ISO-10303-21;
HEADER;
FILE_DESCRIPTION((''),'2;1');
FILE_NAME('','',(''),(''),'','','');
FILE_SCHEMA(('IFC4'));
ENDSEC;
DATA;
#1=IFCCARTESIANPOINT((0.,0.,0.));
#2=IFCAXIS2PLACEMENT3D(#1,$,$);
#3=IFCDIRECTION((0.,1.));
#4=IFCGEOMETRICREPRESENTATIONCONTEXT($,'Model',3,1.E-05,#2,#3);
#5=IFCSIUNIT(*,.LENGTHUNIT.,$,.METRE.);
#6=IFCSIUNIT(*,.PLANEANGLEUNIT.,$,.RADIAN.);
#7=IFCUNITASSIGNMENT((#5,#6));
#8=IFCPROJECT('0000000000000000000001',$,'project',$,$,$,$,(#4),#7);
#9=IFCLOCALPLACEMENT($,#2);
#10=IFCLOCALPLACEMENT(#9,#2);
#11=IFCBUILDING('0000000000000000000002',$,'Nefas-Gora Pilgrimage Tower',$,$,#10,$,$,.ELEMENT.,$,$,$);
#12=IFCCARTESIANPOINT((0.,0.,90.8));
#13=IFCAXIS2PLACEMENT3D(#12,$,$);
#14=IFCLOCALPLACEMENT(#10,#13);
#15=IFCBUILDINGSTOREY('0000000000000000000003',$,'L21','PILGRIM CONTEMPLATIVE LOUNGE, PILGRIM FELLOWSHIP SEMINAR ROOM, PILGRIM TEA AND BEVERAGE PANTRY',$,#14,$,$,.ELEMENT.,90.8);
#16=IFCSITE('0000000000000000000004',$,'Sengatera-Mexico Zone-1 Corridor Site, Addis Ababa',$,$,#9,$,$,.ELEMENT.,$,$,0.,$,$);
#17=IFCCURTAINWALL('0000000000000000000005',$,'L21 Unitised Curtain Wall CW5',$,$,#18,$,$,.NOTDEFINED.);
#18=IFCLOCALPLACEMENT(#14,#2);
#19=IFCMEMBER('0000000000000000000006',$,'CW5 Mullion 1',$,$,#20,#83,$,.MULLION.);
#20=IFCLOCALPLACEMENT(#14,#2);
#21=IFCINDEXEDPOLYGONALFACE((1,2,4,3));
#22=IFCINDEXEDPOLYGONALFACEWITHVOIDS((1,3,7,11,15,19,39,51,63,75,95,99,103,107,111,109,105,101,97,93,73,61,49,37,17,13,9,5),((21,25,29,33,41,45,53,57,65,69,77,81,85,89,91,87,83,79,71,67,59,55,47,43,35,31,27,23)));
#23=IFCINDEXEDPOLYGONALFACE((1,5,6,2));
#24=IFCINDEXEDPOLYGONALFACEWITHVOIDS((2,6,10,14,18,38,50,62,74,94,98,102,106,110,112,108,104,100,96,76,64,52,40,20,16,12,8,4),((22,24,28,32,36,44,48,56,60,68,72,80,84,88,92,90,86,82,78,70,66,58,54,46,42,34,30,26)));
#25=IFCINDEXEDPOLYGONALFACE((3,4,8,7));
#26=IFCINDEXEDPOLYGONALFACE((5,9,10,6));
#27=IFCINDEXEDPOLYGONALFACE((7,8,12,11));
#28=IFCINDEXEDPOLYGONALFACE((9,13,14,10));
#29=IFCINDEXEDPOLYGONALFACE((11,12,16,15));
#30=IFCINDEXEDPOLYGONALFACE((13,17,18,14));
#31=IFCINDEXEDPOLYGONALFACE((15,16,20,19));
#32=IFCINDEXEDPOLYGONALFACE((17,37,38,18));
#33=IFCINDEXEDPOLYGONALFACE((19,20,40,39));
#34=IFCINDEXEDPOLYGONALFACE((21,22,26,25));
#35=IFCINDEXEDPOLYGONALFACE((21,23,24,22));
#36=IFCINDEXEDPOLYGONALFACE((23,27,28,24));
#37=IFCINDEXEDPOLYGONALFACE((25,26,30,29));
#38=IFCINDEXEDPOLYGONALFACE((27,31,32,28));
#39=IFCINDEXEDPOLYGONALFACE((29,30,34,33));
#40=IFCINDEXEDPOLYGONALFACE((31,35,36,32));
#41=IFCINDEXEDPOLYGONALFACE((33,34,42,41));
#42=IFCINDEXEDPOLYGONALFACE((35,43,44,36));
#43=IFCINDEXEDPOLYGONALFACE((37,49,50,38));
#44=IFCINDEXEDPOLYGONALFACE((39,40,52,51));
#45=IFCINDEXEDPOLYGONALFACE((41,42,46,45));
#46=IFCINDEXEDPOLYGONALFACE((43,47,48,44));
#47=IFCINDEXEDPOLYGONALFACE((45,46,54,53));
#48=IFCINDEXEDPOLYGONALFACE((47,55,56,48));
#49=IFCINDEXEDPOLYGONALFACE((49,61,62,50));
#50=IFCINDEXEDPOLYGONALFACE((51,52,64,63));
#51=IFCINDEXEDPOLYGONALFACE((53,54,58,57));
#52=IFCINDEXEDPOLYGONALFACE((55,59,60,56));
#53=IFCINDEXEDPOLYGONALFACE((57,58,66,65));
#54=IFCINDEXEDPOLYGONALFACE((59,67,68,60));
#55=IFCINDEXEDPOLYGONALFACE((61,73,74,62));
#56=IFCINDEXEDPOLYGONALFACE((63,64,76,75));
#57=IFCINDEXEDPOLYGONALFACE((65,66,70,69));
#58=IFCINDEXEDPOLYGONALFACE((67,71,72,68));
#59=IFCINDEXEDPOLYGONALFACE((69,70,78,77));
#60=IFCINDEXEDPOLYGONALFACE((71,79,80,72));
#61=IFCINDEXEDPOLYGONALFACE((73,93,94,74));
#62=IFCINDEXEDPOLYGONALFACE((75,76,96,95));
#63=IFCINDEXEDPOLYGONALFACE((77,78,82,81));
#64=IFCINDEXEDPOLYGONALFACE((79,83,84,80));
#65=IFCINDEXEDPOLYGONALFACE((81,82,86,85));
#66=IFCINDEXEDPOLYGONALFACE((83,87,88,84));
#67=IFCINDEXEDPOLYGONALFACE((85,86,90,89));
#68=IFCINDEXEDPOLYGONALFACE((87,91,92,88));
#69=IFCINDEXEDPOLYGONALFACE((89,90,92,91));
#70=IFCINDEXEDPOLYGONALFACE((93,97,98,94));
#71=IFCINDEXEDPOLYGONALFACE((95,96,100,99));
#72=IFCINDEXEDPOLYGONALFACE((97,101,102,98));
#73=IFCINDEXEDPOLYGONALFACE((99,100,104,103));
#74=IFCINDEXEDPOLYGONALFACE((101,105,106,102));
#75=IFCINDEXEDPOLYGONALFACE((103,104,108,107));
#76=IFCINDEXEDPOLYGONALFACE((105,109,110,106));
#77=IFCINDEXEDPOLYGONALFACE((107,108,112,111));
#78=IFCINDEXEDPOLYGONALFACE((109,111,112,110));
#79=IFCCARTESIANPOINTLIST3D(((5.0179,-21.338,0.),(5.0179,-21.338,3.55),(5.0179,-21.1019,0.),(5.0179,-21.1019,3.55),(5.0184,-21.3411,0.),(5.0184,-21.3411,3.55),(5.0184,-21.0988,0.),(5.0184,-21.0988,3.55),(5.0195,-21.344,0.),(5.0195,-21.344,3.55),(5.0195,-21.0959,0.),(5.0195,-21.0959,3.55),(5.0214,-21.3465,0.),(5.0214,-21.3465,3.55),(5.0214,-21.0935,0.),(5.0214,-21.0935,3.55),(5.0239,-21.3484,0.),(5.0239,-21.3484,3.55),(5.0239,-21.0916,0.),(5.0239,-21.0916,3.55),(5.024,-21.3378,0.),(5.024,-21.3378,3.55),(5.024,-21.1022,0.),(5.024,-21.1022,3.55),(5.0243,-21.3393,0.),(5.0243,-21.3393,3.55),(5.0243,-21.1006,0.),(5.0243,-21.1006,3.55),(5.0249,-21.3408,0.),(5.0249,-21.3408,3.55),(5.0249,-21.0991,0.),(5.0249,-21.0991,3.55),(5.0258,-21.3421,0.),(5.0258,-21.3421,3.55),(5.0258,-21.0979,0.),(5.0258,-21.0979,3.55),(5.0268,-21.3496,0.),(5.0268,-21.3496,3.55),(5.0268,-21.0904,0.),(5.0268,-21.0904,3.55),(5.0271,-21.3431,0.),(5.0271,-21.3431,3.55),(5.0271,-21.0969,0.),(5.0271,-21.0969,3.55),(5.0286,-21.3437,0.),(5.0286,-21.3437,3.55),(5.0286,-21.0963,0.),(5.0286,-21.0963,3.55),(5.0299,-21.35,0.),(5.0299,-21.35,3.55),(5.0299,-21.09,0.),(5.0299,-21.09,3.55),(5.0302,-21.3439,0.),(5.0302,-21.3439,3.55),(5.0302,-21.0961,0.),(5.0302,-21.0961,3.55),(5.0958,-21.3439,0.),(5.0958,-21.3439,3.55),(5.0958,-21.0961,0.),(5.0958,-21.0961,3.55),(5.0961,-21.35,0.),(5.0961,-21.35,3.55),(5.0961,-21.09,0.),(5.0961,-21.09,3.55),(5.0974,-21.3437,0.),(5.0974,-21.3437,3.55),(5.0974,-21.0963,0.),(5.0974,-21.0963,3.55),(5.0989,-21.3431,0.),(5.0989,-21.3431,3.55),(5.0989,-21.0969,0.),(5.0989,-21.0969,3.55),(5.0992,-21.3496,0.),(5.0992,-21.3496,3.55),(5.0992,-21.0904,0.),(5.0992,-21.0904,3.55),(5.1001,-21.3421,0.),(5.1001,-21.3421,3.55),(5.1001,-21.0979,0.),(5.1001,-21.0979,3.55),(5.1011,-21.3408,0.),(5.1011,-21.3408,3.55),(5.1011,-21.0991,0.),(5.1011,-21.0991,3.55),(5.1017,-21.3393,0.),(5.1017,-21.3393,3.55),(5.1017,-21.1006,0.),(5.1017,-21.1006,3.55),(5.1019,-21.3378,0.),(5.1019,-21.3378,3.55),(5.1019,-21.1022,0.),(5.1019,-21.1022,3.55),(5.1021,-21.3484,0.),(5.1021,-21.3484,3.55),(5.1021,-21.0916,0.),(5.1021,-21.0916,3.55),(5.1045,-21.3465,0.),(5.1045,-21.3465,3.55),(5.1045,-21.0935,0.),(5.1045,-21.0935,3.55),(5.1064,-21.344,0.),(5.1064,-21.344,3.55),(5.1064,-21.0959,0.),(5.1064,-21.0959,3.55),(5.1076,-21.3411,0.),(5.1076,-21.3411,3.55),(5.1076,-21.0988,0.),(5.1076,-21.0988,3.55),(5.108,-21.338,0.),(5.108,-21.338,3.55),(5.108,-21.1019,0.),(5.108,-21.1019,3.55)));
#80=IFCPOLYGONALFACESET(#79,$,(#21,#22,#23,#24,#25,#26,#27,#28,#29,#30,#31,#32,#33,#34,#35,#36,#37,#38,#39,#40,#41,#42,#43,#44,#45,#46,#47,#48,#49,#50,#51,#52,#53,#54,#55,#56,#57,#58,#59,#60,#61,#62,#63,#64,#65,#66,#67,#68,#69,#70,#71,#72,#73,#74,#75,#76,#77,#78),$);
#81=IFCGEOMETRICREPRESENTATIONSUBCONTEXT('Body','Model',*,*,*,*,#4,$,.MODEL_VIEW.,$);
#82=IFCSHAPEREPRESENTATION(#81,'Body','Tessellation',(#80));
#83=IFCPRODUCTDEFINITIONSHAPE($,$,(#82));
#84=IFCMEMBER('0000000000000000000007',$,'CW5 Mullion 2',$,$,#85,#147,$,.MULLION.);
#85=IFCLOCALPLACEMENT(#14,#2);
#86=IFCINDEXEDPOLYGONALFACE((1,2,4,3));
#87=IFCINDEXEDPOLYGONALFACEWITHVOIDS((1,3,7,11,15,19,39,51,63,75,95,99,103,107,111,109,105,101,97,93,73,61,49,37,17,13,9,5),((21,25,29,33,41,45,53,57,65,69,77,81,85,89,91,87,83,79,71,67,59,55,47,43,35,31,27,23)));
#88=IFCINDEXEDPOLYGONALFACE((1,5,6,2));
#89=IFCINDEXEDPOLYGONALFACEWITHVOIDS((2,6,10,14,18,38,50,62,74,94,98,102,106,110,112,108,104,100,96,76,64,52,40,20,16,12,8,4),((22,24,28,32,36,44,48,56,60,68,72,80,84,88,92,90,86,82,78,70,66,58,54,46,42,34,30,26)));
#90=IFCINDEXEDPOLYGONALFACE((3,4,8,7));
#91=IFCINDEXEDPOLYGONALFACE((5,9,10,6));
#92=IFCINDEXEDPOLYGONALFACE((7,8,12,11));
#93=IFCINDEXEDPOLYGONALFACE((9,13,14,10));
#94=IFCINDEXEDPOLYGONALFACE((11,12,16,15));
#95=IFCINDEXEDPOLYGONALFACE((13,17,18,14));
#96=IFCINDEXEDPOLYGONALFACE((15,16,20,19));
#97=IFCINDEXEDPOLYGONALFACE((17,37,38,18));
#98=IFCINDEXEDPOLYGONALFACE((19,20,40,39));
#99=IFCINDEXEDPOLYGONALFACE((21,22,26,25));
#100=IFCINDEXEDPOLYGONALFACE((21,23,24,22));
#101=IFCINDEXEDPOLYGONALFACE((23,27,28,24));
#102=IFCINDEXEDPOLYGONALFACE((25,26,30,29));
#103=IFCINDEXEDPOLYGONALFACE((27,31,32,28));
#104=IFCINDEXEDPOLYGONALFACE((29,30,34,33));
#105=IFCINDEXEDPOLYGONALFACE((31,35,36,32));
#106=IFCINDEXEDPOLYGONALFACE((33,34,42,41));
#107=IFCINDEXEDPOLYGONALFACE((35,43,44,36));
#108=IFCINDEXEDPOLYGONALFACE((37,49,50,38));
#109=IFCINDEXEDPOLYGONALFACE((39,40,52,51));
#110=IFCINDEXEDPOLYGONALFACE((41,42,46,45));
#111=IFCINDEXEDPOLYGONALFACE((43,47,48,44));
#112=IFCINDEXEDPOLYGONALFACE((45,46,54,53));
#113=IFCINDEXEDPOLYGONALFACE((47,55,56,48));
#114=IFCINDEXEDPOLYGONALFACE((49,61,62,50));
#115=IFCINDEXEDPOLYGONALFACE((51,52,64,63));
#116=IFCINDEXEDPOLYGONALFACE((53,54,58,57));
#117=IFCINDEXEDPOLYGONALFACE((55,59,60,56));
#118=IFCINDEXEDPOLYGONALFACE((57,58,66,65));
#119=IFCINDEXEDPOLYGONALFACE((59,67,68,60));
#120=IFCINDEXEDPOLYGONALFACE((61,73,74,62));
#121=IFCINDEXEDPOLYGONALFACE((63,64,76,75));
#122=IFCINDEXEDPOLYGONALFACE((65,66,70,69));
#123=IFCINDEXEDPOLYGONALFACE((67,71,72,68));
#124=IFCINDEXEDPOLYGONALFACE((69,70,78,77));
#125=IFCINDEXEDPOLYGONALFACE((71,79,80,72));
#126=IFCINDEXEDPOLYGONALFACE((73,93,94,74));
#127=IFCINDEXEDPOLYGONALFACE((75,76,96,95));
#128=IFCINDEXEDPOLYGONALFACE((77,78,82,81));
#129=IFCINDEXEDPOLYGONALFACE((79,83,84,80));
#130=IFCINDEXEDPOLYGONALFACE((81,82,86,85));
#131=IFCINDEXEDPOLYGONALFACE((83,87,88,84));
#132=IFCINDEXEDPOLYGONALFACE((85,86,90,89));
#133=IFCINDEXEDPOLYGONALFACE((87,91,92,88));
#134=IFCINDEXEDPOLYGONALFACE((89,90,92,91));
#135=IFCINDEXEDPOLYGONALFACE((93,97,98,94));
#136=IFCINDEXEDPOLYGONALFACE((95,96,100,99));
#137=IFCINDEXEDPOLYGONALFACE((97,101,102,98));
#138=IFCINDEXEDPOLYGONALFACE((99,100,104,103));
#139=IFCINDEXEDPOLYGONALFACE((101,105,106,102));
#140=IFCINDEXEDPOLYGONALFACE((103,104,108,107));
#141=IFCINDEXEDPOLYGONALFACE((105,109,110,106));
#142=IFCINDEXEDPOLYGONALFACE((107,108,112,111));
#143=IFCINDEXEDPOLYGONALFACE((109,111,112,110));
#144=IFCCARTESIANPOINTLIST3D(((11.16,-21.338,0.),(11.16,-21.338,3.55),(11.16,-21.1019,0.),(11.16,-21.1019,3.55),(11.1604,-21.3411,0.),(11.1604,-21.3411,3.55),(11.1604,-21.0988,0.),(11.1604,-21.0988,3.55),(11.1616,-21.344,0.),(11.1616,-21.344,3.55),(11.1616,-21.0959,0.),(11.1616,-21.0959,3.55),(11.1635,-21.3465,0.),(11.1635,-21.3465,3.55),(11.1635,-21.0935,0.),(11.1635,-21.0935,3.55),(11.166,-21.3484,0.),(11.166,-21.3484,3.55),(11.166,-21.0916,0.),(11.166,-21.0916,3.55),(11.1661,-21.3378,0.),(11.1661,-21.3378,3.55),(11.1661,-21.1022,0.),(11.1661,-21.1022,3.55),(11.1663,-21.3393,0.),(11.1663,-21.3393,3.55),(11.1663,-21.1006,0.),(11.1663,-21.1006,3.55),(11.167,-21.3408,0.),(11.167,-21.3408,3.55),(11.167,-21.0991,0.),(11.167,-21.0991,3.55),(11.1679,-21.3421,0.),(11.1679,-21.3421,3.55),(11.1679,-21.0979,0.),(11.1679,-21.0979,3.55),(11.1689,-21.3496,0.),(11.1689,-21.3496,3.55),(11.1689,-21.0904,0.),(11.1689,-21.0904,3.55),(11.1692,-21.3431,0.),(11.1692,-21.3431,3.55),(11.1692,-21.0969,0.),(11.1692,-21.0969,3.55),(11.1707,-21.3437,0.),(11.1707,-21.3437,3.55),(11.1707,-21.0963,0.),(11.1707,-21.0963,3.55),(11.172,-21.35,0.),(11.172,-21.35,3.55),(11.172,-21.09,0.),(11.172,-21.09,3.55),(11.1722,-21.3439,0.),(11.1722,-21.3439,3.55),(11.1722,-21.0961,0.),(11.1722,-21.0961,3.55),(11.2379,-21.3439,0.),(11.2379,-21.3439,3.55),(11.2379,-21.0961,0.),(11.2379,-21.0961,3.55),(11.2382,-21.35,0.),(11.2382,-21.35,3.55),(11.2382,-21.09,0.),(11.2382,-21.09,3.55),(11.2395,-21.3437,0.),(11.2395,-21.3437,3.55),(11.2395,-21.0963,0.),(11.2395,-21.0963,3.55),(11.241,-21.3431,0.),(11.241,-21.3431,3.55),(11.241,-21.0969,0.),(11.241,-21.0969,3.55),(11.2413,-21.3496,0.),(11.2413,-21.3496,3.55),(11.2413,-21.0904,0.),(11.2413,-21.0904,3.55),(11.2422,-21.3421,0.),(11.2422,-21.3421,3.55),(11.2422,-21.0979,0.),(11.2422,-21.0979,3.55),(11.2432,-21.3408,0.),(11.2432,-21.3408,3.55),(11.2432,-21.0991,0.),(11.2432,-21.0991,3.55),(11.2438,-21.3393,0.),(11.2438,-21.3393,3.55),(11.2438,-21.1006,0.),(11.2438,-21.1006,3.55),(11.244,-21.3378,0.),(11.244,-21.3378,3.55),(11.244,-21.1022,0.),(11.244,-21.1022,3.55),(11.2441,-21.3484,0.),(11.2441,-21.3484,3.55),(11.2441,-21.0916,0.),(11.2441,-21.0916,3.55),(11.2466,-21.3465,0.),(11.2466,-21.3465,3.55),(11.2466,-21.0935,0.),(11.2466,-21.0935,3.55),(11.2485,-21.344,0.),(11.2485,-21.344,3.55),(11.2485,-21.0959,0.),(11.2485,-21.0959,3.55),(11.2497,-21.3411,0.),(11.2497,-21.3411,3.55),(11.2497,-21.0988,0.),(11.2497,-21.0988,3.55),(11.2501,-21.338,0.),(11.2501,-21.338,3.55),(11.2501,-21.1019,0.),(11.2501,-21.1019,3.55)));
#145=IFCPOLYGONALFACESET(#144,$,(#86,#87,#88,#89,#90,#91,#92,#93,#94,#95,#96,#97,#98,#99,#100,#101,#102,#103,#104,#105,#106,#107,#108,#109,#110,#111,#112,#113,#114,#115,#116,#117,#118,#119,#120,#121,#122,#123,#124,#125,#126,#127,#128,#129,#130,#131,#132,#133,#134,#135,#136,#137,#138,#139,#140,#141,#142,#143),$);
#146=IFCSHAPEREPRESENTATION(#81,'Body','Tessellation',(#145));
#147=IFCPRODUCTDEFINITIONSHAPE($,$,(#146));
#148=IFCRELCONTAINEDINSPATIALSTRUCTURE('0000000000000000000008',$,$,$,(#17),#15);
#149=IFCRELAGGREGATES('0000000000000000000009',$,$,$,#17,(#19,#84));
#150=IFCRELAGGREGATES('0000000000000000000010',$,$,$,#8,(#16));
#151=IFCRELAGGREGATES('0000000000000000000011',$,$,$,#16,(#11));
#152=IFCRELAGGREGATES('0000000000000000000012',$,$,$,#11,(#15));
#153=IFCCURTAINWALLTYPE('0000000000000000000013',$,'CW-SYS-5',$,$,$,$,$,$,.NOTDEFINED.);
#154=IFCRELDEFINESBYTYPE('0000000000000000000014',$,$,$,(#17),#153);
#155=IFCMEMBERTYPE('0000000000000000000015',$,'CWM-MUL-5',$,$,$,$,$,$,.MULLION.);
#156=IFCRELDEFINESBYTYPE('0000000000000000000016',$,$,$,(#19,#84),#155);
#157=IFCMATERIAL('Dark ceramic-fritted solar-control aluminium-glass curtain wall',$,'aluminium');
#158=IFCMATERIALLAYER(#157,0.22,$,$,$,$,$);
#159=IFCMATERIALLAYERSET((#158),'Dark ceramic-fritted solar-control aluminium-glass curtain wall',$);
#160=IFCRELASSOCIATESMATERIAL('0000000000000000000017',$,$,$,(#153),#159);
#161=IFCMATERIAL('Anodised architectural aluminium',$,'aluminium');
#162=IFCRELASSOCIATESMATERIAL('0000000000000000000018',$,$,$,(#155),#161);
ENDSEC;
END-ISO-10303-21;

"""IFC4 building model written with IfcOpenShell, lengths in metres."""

from ifc_helpers import new_model, si_unit, direction, frame, origin, origin_2d, place, context, subcontext, project, spatial, hollow_rectangle, extrude, source, transform, mapped, material, layer, layer_set, material_profile, profile_set, type_object, element, aggregate, save


model = new_model("IFC4")

# Units and contexts
model_context = context("Model", 3, precision=1e-05, world=origin(), true_north=direction((0.0, 1.0)))
body_context = subcontext(model_context, "Body", "Model", "MODEL_VIEW")
ifc_project = project(units=[si_unit("LENGTHUNIT", "METRE"), si_unit("PLANEANGLEUNIT", "RADIAN")], contexts=[model_context])

# Site, building, storey
site_placement = place(None, origin())
site = spatial("IfcSite", under=ifc_project, at=site_placement, Name="Sengatera-Mexico Zone-1 Corridor Site, Addis Ababa", CompositionType="ELEMENT", RefElevation=0.0)
building_placement = place(site_placement, origin())
building = spatial("IfcBuilding", under=site, at=building_placement, Name="Nefas-Gora Pilgrimage Tower", CompositionType="ELEMENT")
storey_placement = place(building_placement, frame((0.0, 0.0, 90.8)))
storey = spatial("IfcBuildingStorey", under=building, at=storey_placement, Name="L21", Description="PILGRIM CONTEMPLATIVE LOUNGE, PILGRIM FELLOWSHIP SEMINAR ROOM, PILGRIM TEA AND BEVERAGE PANTRY", CompositionType="ELEMENT", Elevation=90.8)

# Curtain wall, members
ifc_material_1 = material(Name="Dark ceramic-fritted solar-control aluminium-glass curtain wall", Category="aluminium")
ifc_layer_1 = layer(ifc_material_1, 0.22)
ifc_layer_set_1 = layer_set([ifc_layer_1], Name="Dark ceramic-fritted solar-control aluminium-glass curtain wall")
curtain_wall_type_1 = type_object("IfcCurtainWallType", Name="CW-SYS-5", PredefinedType="NOTDEFINED", material=ifc_layer_set_1)
curtain_wall_1_placement = place(storey_placement, origin())
curtain_wall_1 = element("IfcCurtainWall", 1, at=curtain_wall_1_placement, inside=storey, type_object=curtain_wall_type_1, Name="L21 Unitised Curtain Wall CW5", PredefinedType="NOTDEFINED")
ifc_material_2 = material(Name="Anodised architectural aluminium", Category="aluminium")
ifc_material_profile_1 = material_profile(ifc_material_2, hollow_rectangle(XDim=0.0901, YDim=0.26, WallThickness=0.0061, InnerFilletRadius=0.0061, OuterFilletRadius=0.012, at=origin_2d()), Name="ALU MULLION 90x260")
ifc_profile_set_1 = profile_set([ifc_material_profile_1], Name="Anodised architectural aluminium")
member_type_1 = type_object("IfcMemberType", Name="CWM-MUL-5", PredefinedType="MULLION", material=ifc_profile_set_1)
shared_shape_1 = source(origin(), body_context, "Body", "SweptSolid", [
    extrude(hollow_rectangle(XDim=0.0901, YDim=0.26, WallThickness=0.0061, InnerFilletRadius=0.0061, OuterFilletRadius=0.012, at=origin_2d()), origin(), (0.0, 0.0, 1.0), 3.55),
])
member_1_placement = place(storey_placement, frame((5.063, -21.22, 0.0), z_axis=(0.0, 0.0, 1.0), x_axis=(1.0, 0.0, 0.0)))
member_1 = element("IfcMember", 2, at=member_1_placement, type_object=member_type_1, Name="CW5 Mullion 1", PredefinedType="MULLION", context=body_context, shape_type="MappedRepresentation", body=[
    mapped(shared_shape_1, transform((0.0, 0.0, 0.0), x_axis=(1.0, 0.0, 0.0), y_axis=(0.0, 1.0, 0.0), z_axis=(0.0, 0.0, 1.0), scale=1.0)),
])
member_2_placement = place(storey_placement, frame((11.2051, -21.22, 0.0), z_axis=(0.0, 0.0, 1.0), x_axis=(1.0, 0.0, 0.0)))
member_2 = element("IfcMember", 3, at=member_2_placement, type_object=member_type_1, Name="CW5 Mullion 2", PredefinedType="MULLION", context=body_context, shape_type="MappedRepresentation", body=[
    mapped(shared_shape_1, transform((0.0, 0.0, 0.0), x_axis=(1.0, 0.0, 0.0), y_axis=(0.0, 1.0, 0.0), z_axis=(0.0, 0.0, 1.0), scale=1.0)),
])

aggregate(curtain_wall_1, [member_1, member_2])

save(model, "model.ifc")
